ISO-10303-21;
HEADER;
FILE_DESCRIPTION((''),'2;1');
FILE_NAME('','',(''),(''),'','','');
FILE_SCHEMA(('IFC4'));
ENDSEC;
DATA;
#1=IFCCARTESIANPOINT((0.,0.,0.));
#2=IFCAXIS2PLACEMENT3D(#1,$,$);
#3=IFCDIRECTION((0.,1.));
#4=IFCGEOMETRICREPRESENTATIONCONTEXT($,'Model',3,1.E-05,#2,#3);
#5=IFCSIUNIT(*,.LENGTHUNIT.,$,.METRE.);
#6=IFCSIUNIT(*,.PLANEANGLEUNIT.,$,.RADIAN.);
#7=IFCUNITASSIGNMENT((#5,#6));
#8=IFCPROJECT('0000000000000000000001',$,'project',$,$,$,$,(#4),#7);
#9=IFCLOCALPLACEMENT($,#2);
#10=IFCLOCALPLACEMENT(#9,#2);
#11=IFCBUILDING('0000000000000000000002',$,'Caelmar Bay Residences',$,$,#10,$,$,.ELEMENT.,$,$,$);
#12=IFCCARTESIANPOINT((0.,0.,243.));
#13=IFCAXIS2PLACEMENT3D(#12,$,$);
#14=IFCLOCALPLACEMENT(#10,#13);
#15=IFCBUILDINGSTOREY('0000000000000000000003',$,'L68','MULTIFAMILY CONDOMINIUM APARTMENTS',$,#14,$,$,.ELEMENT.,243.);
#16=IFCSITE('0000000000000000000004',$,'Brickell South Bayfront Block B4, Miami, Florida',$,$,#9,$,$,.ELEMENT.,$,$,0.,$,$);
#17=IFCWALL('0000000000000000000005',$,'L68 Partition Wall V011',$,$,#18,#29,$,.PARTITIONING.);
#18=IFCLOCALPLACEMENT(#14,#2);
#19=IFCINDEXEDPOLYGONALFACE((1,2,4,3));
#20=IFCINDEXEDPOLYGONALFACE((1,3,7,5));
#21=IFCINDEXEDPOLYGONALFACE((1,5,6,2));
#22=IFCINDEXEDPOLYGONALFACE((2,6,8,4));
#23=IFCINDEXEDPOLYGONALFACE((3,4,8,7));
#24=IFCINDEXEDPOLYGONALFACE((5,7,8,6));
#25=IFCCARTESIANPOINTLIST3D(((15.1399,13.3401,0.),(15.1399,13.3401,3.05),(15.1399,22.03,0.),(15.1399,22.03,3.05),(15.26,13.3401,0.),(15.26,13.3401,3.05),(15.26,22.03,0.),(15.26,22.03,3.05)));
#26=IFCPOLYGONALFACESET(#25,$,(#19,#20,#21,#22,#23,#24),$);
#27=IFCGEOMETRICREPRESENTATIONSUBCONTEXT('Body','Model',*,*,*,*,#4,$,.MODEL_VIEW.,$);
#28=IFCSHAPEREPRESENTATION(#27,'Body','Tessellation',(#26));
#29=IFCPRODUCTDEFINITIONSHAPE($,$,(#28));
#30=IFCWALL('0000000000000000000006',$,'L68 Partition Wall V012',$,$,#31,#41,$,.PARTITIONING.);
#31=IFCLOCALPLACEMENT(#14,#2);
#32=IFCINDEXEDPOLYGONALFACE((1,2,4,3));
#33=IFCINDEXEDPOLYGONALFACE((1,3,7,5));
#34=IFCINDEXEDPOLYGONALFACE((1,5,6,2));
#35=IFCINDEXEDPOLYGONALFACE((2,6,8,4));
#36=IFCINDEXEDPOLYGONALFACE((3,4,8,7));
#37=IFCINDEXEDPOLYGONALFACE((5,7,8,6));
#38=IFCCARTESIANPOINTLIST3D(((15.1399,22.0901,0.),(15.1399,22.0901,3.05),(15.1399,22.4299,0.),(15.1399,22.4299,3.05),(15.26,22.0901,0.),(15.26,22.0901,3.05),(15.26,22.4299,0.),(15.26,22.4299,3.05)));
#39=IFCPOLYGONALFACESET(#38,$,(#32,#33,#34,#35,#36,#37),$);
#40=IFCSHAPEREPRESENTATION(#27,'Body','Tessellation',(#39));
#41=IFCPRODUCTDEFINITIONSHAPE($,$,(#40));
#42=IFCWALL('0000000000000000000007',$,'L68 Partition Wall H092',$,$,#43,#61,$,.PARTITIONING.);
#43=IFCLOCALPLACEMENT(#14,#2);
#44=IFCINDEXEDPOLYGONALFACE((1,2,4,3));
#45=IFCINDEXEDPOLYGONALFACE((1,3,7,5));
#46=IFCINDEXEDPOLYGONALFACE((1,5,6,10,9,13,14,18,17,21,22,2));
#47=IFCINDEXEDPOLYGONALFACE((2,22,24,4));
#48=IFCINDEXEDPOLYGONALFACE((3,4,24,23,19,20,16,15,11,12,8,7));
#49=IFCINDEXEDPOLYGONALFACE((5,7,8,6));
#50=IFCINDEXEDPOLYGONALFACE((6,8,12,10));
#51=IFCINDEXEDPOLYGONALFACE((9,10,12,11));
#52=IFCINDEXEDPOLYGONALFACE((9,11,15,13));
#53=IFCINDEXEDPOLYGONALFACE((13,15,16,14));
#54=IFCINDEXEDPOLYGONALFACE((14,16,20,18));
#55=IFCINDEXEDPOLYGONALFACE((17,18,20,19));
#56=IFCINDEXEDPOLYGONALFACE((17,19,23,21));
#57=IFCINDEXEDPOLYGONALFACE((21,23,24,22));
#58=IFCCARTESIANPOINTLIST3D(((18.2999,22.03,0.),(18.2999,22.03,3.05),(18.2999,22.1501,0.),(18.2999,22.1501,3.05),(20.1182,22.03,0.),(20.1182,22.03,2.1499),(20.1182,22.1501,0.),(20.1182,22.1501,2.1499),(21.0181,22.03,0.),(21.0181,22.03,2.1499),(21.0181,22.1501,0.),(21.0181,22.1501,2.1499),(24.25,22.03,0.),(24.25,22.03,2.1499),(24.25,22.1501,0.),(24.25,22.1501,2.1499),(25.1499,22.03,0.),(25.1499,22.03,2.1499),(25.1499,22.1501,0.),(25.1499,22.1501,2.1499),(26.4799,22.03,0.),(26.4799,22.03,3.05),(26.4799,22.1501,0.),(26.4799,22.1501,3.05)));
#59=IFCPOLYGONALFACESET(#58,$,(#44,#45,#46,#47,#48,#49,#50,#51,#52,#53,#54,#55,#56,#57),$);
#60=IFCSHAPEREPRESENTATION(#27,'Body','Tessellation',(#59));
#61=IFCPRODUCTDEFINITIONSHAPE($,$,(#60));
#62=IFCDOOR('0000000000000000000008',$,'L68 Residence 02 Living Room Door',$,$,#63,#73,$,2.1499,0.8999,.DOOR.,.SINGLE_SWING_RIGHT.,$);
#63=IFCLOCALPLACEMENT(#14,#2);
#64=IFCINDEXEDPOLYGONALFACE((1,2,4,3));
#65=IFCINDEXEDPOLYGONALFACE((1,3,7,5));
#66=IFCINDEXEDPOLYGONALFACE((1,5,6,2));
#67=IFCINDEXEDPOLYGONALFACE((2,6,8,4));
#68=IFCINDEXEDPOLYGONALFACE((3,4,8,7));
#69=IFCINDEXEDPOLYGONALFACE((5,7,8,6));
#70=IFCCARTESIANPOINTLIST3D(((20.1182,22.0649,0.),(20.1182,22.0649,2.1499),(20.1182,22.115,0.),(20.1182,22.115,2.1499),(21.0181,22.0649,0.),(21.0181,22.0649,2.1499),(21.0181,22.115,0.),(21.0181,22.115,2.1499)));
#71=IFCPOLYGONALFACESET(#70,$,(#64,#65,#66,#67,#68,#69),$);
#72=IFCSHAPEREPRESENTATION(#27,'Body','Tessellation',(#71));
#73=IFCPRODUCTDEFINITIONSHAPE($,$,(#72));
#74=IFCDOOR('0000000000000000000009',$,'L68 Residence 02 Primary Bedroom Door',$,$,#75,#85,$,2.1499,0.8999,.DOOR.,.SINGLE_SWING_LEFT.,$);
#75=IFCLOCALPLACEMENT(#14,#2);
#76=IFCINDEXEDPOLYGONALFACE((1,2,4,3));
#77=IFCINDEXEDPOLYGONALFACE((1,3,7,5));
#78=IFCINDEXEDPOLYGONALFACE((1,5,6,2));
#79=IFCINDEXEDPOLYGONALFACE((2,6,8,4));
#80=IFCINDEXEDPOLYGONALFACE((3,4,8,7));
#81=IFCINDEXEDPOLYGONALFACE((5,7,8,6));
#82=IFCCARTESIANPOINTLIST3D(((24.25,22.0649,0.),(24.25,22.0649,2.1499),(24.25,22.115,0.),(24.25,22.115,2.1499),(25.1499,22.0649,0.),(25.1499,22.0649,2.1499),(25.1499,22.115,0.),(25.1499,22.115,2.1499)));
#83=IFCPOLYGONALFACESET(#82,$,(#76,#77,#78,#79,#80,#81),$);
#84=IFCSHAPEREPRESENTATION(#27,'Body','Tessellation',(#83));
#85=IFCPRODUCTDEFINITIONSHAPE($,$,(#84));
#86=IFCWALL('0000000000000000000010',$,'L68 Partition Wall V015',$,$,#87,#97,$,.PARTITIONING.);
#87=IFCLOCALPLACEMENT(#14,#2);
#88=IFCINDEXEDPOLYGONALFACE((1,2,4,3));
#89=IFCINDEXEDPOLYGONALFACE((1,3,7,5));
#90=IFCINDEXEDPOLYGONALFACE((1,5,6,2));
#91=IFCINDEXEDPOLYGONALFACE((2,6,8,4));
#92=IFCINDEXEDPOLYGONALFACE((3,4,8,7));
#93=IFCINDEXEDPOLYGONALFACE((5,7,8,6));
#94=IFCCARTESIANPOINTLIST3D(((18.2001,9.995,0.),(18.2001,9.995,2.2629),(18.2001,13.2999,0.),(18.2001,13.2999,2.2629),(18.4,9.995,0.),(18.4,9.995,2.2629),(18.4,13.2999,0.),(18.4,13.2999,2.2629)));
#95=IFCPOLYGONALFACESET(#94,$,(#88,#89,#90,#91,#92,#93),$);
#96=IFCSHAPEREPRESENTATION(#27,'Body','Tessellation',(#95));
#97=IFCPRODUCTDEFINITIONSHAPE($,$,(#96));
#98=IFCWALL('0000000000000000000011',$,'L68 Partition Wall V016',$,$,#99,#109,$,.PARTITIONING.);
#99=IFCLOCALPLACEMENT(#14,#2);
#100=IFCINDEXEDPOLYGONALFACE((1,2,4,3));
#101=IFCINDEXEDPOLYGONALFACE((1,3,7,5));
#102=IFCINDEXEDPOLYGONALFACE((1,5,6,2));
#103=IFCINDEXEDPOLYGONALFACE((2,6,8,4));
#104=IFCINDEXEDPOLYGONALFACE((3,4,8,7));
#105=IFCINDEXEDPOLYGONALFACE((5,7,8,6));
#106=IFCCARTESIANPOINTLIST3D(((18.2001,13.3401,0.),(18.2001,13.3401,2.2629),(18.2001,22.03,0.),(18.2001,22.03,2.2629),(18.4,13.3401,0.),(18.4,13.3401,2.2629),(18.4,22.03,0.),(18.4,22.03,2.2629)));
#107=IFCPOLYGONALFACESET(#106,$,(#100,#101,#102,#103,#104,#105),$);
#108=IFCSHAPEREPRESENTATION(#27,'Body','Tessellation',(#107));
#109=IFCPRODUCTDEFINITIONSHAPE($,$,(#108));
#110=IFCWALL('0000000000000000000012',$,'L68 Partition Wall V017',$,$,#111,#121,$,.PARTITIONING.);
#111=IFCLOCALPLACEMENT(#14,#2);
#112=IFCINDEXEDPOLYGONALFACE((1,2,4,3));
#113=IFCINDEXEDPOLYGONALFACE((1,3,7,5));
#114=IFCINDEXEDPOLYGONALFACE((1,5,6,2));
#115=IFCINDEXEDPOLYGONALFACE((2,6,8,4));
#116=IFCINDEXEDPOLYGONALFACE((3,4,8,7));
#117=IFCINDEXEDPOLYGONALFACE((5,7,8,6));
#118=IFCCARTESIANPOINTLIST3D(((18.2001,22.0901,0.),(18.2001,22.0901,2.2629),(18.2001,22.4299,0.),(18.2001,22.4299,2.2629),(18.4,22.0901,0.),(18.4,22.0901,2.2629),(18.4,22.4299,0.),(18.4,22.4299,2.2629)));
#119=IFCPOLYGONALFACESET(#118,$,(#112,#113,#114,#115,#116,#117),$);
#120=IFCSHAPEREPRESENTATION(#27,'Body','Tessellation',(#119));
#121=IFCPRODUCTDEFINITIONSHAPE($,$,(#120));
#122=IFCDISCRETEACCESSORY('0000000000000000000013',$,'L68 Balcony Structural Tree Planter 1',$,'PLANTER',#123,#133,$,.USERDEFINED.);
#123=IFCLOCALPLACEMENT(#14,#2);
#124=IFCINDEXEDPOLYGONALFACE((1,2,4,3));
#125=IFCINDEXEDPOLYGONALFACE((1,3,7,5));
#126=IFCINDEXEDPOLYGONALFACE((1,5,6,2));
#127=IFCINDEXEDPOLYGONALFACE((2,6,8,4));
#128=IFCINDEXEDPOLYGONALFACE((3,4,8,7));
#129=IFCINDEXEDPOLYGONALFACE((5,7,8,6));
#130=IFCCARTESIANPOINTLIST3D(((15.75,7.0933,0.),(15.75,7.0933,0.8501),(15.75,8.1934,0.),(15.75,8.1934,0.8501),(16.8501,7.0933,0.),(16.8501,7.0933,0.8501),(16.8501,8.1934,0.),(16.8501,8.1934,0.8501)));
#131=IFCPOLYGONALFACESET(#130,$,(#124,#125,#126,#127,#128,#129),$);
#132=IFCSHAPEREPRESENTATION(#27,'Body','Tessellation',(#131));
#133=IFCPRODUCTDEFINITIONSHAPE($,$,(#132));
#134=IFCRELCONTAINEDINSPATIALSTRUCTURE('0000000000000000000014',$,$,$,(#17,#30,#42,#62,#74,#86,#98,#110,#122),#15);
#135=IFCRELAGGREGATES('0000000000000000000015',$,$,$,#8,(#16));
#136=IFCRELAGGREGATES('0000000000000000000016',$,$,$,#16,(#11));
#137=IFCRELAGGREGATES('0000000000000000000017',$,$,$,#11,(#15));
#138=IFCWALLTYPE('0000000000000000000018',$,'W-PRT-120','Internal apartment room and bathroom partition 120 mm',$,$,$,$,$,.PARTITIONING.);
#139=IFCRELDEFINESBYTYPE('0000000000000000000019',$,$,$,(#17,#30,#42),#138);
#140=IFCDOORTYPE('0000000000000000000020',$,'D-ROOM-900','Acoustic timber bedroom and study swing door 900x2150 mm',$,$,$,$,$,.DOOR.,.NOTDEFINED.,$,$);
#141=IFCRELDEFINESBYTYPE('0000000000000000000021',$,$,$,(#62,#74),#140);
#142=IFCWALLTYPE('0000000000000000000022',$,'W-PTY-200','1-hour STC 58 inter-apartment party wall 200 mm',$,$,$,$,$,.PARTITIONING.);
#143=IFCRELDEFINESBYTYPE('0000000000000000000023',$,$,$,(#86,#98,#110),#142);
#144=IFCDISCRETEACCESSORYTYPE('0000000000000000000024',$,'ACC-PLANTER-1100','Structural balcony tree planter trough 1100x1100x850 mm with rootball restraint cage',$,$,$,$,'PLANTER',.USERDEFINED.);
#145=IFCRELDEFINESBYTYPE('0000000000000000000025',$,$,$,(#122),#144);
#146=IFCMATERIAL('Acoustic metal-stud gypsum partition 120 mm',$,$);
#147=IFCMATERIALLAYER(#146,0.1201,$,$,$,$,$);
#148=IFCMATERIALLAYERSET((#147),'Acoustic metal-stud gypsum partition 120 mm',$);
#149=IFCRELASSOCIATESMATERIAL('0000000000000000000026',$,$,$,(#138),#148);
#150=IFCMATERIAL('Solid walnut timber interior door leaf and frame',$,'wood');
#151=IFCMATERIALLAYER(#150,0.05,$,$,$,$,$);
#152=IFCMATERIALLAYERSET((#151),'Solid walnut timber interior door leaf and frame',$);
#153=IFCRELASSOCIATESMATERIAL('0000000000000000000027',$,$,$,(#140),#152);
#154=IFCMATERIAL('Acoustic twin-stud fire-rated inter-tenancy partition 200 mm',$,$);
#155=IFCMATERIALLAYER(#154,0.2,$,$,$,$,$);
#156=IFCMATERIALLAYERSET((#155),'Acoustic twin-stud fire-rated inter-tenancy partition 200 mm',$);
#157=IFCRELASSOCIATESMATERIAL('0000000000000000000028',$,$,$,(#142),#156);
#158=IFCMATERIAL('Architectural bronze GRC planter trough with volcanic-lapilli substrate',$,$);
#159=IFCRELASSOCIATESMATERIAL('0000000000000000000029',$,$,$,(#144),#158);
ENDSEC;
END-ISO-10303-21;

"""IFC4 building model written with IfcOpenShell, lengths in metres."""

from ifc_helpers import new_model, si_unit, direction, frame, frame_2d, origin, origin_2d, place, context, subcontext, project, spatial, rectangle, extrude, material, layer, layer_set, type_object, element, fill, save


model = new_model("IFC4")

# Units and contexts
model_context = context("Model", 3, precision=1e-05, world=origin(), true_north=direction((0.0, 1.0)))
body_context = subcontext(model_context, "Body", "Model", "MODEL_VIEW")
ifc_project = project(units=[si_unit("LENGTHUNIT", "METRE"), si_unit("PLANEANGLEUNIT", "RADIAN")], contexts=[model_context])

# Site, building, storey
site_placement = place(None, origin())
site = spatial("IfcSite", under=ifc_project, at=site_placement, Name="Brickell South Bayfront Block B4, Miami, Florida", CompositionType="ELEMENT", RefElevation=0.0)
building_placement = place(site_placement, origin())
building = spatial("IfcBuilding", under=site, at=building_placement, Name="Caelmar Bay Residences", CompositionType="ELEMENT")
storey_placement = place(building_placement, frame((0.0, 0.0, 243.0)))
storey = spatial("IfcBuildingStorey", under=building, at=storey_placement, Name="L68", Description="MULTIFAMILY CONDOMINIUM APARTMENTS", CompositionType="ELEMENT", Elevation=243.0)

# Shared definitions
ifc_material_1 = material(Name="Acoustic metal-stud gypsum partition 120 mm")
ifc_layer_1 = layer(ifc_material_1, 0.1201)
ifc_layer_set_1 = layer_set([ifc_layer_1], Name="Acoustic metal-stud gypsum partition 120 mm")
wall_type_1 = type_object("IfcWallType", Name="W-PRT-120", Description="Internal apartment room and bathroom partition 120 mm", PredefinedType="PARTITIONING", material=ifc_layer_set_1)

# Shared definitions
ifc_material_2 = material(Name="Solid walnut timber interior door leaf and frame", Category="wood")
ifc_layer_2 = layer(ifc_material_2, 0.05)
ifc_layer_set_2 = layer_set([ifc_layer_2], Name="Solid walnut timber interior door leaf and frame")
door_type = type_object("IfcDoorType", Name="D-ROOM-900", Description="Acoustic timber bedroom and study swing door 900x2150 mm", OperationType="NOTDEFINED", PredefinedType="DOOR", material=ifc_layer_set_2)

# Walls
wall_1_placement = place(storey_placement, frame((15.2, 13.3401, 0.0), z_axis=(0.0, 0.0, 1.0), x_axis=(0.0, 1.0, 0.0)))
element("IfcWall", 1, at=wall_1_placement, inside=storey, type_object=wall_type_1, Name="L68 Partition Wall V011", PredefinedType="PARTITIONING", context=body_context, shape_type="SweptSolid", body=[
    extrude(rectangle(XDim=8.6899, YDim=0.1201, at=frame_2d((4.345, 0.0))), origin(), (0.0, 0.0, 1.0), 3.05),
])
wall_2_placement = place(storey_placement, frame((15.2, 22.0901, 0.0), z_axis=(0.0, 0.0, 1.0), x_axis=(0.0, 1.0, 0.0)))
element("IfcWall", 2, at=wall_2_placement, inside=storey, type_object=wall_type_1, Name="L68 Partition Wall V012", PredefinedType="PARTITIONING", context=body_context, shape_type="SweptSolid", body=[
    extrude(rectangle(XDim=0.3398, YDim=0.1201, at=frame_2d((0.1699, 0.0))), origin(), (0.0, 0.0, 1.0), 3.05),
])

# Wall, openings, doors
wall_3_placement = place(storey_placement, frame((18.3, 22.0901, 0.0), z_axis=(0.0, 0.0, 1.0), x_axis=(1.0, 0.0, 0.0)))
wall_3 = element("IfcWall", 3, at=wall_3_placement, inside=storey, type_object=wall_type_1, Name="L68 Partition Wall H092", PredefinedType="PARTITIONING", context=body_context, shape_type="SweptSolid", body=[
    extrude(rectangle(XDim=8.1799, YDim=0.1201, at=frame_2d((4.0898, 0.0))), origin(), (0.0, 0.0, 1.0), 3.05),
])
opening_1_placement = place(wall_3_placement, frame((1.8181, 0.0, 0.0)))
opening_1 = element("IfcOpeningElement", 4, at=opening_1_placement, cuts=wall_3, PredefinedType="OPENING", context=body_context, shape_type="SweptSolid", body=[
    extrude(rectangle(XDim=0.8999, YDim=2.1499, at=frame_2d((0.45, 1.075))), frame((0.0, 0.0701, 0.0), z_axis=(0.0, -1.0, 0.0), x_axis=(1.0, 0.0, 0.0)), (0.0, 0.0, 1.0), 0.1401),
])
opening_2_placement = place(wall_3_placement, frame((5.95, 0.0, 0.0)))
opening_2 = element("IfcOpeningElement", 5, at=opening_2_placement, cuts=wall_3, PredefinedType="OPENING", context=body_context, shape_type="SweptSolid", body=[
    extrude(rectangle(XDim=0.8999, YDim=2.1499, at=frame_2d((0.45, 1.075))), frame((0.0, 0.0701, 0.0), z_axis=(0.0, -1.0, 0.0), x_axis=(1.0, 0.0, 0.0)), (0.0, 0.0, 1.0), 0.1401),
])
door_1_placement = place(opening_1_placement, origin())
door_1 = element("IfcDoor", 6, at=door_1_placement, inside=storey, type_object=door_type, Name="L68 Residence 02 Living Room Door", OperationType="SINGLE_SWING_RIGHT", OverallHeight=2.1499, OverallWidth=0.8999, PredefinedType="DOOR", context=body_context, shape_type="SweptSolid", body=[
    extrude(rectangle(XDim=0.8999, YDim=2.1499, at=frame_2d((0.45, 1.075))), frame((0.0, 0.0249, 0.0), z_axis=(0.0, -1.0, 0.0), x_axis=(1.0, 0.0, 0.0)), (0.0, 0.0, 1.0), 0.05),
])
fill(opening_1, door_1)
door_2_placement = place(opening_2_placement, origin())
door_2 = element("IfcDoor", 7, at=door_2_placement, inside=storey, type_object=door_type, Name="L68 Residence 02 Primary Bedroom Door", OperationType="SINGLE_SWING_LEFT", OverallHeight=2.1499, OverallWidth=0.8999, PredefinedType="DOOR", context=body_context, shape_type="SweptSolid", body=[
    extrude(rectangle(XDim=0.8999, YDim=2.1499, at=frame_2d((0.45, 1.075))), frame((0.0, 0.0249, 0.0), z_axis=(0.0, -1.0, 0.0), x_axis=(1.0, 0.0, 0.0)), (0.0, 0.0, 1.0), 0.05),
])
fill(opening_2, door_2)

# Walls
ifc_material_3 = material(Name="Acoustic twin-stud fire-rated inter-tenancy partition 200 mm")
ifc_layer_3 = layer(ifc_material_3, 0.2)
ifc_layer_set_3 = layer_set([ifc_layer_3], Name="Acoustic twin-stud fire-rated inter-tenancy partition 200 mm")
wall_type_2 = type_object("IfcWallType", Name="W-PTY-200", Description="1-hour STC 58 inter-apartment party wall 200 mm", PredefinedType="PARTITIONING", material=ifc_layer_set_3)
wall_4_placement = place(storey_placement, frame((18.3, 9.9951, 0.0), z_axis=(0.0, 0.0, 1.0), x_axis=(0.0, 1.0, 0.0)))
element("IfcWall", 8, at=wall_4_placement, inside=storey, type_object=wall_type_2, Name="L68 Partition Wall V015", PredefinedType="PARTITIONING", context=body_context, shape_type="SweptSolid", body=[
    extrude(rectangle(XDim=3.3049, YDim=0.2, at=frame_2d((1.6523, 0.0))), origin(), (0.0, 0.0, 1.0), 2.2629),
])
wall_5_placement = place(storey_placement, frame((18.3, 13.3401, 0.0), z_axis=(0.0, 0.0, 1.0), x_axis=(0.0, 1.0, 0.0)))
element("IfcWall", 9, at=wall_5_placement, inside=storey, type_object=wall_type_2, Name="L68 Partition Wall V016", PredefinedType="PARTITIONING", context=body_context, shape_type="SweptSolid", body=[
    extrude(rectangle(XDim=8.6899, YDim=0.2, at=frame_2d((4.345, 0.0))), origin(), (0.0, 0.0, 1.0), 2.2629),
])
wall_6_placement = place(storey_placement, frame((18.3, 22.0901, 0.0), z_axis=(0.0, 0.0, 1.0), x_axis=(0.0, 1.0, 0.0)))
element("IfcWall", 10, at=wall_6_placement, inside=storey, type_object=wall_type_2, Name="L68 Partition Wall V017", PredefinedType="PARTITIONING", context=body_context, shape_type="SweptSolid", body=[
    extrude(rectangle(XDim=0.3398, YDim=0.2, at=frame_2d((0.1699, 0.0))), origin(), (0.0, 0.0, 1.0), 2.2629),
])

# Discrete accessory
ifc_material_4 = material(Name="Architectural bronze GRC planter trough with volcanic-lapilli substrate")
discrete_accessory_type = type_object("IfcDiscreteAccessoryType", Name="ACC-PLANTER-1100", Description="Structural balcony tree planter trough 1100x1100x850 mm with rootball restraint cage", ElementType="PLANTER", PredefinedType="USERDEFINED", material=ifc_material_4)
discrete_accessory_placement = place(storey_placement, frame((16.3, 7.6433, 0.0), z_axis=(0.0, 0.0, 1.0), x_axis=(1.0, 0.0, 0.0)))
element("IfcDiscreteAccessory", 11, at=discrete_accessory_placement, inside=storey, type_object=discrete_accessory_type, Name="L68 Balcony Structural Tree Planter 1", ObjectType="PLANTER", PredefinedType="USERDEFINED", context=body_context, shape_type="SweptSolid", body=[
    extrude(rectangle(XDim=1.1001, YDim=1.1001, at=origin_2d()), origin(), (0.0, 0.0, 1.0), 0.8501),
])

save(model, "model.ifc")
